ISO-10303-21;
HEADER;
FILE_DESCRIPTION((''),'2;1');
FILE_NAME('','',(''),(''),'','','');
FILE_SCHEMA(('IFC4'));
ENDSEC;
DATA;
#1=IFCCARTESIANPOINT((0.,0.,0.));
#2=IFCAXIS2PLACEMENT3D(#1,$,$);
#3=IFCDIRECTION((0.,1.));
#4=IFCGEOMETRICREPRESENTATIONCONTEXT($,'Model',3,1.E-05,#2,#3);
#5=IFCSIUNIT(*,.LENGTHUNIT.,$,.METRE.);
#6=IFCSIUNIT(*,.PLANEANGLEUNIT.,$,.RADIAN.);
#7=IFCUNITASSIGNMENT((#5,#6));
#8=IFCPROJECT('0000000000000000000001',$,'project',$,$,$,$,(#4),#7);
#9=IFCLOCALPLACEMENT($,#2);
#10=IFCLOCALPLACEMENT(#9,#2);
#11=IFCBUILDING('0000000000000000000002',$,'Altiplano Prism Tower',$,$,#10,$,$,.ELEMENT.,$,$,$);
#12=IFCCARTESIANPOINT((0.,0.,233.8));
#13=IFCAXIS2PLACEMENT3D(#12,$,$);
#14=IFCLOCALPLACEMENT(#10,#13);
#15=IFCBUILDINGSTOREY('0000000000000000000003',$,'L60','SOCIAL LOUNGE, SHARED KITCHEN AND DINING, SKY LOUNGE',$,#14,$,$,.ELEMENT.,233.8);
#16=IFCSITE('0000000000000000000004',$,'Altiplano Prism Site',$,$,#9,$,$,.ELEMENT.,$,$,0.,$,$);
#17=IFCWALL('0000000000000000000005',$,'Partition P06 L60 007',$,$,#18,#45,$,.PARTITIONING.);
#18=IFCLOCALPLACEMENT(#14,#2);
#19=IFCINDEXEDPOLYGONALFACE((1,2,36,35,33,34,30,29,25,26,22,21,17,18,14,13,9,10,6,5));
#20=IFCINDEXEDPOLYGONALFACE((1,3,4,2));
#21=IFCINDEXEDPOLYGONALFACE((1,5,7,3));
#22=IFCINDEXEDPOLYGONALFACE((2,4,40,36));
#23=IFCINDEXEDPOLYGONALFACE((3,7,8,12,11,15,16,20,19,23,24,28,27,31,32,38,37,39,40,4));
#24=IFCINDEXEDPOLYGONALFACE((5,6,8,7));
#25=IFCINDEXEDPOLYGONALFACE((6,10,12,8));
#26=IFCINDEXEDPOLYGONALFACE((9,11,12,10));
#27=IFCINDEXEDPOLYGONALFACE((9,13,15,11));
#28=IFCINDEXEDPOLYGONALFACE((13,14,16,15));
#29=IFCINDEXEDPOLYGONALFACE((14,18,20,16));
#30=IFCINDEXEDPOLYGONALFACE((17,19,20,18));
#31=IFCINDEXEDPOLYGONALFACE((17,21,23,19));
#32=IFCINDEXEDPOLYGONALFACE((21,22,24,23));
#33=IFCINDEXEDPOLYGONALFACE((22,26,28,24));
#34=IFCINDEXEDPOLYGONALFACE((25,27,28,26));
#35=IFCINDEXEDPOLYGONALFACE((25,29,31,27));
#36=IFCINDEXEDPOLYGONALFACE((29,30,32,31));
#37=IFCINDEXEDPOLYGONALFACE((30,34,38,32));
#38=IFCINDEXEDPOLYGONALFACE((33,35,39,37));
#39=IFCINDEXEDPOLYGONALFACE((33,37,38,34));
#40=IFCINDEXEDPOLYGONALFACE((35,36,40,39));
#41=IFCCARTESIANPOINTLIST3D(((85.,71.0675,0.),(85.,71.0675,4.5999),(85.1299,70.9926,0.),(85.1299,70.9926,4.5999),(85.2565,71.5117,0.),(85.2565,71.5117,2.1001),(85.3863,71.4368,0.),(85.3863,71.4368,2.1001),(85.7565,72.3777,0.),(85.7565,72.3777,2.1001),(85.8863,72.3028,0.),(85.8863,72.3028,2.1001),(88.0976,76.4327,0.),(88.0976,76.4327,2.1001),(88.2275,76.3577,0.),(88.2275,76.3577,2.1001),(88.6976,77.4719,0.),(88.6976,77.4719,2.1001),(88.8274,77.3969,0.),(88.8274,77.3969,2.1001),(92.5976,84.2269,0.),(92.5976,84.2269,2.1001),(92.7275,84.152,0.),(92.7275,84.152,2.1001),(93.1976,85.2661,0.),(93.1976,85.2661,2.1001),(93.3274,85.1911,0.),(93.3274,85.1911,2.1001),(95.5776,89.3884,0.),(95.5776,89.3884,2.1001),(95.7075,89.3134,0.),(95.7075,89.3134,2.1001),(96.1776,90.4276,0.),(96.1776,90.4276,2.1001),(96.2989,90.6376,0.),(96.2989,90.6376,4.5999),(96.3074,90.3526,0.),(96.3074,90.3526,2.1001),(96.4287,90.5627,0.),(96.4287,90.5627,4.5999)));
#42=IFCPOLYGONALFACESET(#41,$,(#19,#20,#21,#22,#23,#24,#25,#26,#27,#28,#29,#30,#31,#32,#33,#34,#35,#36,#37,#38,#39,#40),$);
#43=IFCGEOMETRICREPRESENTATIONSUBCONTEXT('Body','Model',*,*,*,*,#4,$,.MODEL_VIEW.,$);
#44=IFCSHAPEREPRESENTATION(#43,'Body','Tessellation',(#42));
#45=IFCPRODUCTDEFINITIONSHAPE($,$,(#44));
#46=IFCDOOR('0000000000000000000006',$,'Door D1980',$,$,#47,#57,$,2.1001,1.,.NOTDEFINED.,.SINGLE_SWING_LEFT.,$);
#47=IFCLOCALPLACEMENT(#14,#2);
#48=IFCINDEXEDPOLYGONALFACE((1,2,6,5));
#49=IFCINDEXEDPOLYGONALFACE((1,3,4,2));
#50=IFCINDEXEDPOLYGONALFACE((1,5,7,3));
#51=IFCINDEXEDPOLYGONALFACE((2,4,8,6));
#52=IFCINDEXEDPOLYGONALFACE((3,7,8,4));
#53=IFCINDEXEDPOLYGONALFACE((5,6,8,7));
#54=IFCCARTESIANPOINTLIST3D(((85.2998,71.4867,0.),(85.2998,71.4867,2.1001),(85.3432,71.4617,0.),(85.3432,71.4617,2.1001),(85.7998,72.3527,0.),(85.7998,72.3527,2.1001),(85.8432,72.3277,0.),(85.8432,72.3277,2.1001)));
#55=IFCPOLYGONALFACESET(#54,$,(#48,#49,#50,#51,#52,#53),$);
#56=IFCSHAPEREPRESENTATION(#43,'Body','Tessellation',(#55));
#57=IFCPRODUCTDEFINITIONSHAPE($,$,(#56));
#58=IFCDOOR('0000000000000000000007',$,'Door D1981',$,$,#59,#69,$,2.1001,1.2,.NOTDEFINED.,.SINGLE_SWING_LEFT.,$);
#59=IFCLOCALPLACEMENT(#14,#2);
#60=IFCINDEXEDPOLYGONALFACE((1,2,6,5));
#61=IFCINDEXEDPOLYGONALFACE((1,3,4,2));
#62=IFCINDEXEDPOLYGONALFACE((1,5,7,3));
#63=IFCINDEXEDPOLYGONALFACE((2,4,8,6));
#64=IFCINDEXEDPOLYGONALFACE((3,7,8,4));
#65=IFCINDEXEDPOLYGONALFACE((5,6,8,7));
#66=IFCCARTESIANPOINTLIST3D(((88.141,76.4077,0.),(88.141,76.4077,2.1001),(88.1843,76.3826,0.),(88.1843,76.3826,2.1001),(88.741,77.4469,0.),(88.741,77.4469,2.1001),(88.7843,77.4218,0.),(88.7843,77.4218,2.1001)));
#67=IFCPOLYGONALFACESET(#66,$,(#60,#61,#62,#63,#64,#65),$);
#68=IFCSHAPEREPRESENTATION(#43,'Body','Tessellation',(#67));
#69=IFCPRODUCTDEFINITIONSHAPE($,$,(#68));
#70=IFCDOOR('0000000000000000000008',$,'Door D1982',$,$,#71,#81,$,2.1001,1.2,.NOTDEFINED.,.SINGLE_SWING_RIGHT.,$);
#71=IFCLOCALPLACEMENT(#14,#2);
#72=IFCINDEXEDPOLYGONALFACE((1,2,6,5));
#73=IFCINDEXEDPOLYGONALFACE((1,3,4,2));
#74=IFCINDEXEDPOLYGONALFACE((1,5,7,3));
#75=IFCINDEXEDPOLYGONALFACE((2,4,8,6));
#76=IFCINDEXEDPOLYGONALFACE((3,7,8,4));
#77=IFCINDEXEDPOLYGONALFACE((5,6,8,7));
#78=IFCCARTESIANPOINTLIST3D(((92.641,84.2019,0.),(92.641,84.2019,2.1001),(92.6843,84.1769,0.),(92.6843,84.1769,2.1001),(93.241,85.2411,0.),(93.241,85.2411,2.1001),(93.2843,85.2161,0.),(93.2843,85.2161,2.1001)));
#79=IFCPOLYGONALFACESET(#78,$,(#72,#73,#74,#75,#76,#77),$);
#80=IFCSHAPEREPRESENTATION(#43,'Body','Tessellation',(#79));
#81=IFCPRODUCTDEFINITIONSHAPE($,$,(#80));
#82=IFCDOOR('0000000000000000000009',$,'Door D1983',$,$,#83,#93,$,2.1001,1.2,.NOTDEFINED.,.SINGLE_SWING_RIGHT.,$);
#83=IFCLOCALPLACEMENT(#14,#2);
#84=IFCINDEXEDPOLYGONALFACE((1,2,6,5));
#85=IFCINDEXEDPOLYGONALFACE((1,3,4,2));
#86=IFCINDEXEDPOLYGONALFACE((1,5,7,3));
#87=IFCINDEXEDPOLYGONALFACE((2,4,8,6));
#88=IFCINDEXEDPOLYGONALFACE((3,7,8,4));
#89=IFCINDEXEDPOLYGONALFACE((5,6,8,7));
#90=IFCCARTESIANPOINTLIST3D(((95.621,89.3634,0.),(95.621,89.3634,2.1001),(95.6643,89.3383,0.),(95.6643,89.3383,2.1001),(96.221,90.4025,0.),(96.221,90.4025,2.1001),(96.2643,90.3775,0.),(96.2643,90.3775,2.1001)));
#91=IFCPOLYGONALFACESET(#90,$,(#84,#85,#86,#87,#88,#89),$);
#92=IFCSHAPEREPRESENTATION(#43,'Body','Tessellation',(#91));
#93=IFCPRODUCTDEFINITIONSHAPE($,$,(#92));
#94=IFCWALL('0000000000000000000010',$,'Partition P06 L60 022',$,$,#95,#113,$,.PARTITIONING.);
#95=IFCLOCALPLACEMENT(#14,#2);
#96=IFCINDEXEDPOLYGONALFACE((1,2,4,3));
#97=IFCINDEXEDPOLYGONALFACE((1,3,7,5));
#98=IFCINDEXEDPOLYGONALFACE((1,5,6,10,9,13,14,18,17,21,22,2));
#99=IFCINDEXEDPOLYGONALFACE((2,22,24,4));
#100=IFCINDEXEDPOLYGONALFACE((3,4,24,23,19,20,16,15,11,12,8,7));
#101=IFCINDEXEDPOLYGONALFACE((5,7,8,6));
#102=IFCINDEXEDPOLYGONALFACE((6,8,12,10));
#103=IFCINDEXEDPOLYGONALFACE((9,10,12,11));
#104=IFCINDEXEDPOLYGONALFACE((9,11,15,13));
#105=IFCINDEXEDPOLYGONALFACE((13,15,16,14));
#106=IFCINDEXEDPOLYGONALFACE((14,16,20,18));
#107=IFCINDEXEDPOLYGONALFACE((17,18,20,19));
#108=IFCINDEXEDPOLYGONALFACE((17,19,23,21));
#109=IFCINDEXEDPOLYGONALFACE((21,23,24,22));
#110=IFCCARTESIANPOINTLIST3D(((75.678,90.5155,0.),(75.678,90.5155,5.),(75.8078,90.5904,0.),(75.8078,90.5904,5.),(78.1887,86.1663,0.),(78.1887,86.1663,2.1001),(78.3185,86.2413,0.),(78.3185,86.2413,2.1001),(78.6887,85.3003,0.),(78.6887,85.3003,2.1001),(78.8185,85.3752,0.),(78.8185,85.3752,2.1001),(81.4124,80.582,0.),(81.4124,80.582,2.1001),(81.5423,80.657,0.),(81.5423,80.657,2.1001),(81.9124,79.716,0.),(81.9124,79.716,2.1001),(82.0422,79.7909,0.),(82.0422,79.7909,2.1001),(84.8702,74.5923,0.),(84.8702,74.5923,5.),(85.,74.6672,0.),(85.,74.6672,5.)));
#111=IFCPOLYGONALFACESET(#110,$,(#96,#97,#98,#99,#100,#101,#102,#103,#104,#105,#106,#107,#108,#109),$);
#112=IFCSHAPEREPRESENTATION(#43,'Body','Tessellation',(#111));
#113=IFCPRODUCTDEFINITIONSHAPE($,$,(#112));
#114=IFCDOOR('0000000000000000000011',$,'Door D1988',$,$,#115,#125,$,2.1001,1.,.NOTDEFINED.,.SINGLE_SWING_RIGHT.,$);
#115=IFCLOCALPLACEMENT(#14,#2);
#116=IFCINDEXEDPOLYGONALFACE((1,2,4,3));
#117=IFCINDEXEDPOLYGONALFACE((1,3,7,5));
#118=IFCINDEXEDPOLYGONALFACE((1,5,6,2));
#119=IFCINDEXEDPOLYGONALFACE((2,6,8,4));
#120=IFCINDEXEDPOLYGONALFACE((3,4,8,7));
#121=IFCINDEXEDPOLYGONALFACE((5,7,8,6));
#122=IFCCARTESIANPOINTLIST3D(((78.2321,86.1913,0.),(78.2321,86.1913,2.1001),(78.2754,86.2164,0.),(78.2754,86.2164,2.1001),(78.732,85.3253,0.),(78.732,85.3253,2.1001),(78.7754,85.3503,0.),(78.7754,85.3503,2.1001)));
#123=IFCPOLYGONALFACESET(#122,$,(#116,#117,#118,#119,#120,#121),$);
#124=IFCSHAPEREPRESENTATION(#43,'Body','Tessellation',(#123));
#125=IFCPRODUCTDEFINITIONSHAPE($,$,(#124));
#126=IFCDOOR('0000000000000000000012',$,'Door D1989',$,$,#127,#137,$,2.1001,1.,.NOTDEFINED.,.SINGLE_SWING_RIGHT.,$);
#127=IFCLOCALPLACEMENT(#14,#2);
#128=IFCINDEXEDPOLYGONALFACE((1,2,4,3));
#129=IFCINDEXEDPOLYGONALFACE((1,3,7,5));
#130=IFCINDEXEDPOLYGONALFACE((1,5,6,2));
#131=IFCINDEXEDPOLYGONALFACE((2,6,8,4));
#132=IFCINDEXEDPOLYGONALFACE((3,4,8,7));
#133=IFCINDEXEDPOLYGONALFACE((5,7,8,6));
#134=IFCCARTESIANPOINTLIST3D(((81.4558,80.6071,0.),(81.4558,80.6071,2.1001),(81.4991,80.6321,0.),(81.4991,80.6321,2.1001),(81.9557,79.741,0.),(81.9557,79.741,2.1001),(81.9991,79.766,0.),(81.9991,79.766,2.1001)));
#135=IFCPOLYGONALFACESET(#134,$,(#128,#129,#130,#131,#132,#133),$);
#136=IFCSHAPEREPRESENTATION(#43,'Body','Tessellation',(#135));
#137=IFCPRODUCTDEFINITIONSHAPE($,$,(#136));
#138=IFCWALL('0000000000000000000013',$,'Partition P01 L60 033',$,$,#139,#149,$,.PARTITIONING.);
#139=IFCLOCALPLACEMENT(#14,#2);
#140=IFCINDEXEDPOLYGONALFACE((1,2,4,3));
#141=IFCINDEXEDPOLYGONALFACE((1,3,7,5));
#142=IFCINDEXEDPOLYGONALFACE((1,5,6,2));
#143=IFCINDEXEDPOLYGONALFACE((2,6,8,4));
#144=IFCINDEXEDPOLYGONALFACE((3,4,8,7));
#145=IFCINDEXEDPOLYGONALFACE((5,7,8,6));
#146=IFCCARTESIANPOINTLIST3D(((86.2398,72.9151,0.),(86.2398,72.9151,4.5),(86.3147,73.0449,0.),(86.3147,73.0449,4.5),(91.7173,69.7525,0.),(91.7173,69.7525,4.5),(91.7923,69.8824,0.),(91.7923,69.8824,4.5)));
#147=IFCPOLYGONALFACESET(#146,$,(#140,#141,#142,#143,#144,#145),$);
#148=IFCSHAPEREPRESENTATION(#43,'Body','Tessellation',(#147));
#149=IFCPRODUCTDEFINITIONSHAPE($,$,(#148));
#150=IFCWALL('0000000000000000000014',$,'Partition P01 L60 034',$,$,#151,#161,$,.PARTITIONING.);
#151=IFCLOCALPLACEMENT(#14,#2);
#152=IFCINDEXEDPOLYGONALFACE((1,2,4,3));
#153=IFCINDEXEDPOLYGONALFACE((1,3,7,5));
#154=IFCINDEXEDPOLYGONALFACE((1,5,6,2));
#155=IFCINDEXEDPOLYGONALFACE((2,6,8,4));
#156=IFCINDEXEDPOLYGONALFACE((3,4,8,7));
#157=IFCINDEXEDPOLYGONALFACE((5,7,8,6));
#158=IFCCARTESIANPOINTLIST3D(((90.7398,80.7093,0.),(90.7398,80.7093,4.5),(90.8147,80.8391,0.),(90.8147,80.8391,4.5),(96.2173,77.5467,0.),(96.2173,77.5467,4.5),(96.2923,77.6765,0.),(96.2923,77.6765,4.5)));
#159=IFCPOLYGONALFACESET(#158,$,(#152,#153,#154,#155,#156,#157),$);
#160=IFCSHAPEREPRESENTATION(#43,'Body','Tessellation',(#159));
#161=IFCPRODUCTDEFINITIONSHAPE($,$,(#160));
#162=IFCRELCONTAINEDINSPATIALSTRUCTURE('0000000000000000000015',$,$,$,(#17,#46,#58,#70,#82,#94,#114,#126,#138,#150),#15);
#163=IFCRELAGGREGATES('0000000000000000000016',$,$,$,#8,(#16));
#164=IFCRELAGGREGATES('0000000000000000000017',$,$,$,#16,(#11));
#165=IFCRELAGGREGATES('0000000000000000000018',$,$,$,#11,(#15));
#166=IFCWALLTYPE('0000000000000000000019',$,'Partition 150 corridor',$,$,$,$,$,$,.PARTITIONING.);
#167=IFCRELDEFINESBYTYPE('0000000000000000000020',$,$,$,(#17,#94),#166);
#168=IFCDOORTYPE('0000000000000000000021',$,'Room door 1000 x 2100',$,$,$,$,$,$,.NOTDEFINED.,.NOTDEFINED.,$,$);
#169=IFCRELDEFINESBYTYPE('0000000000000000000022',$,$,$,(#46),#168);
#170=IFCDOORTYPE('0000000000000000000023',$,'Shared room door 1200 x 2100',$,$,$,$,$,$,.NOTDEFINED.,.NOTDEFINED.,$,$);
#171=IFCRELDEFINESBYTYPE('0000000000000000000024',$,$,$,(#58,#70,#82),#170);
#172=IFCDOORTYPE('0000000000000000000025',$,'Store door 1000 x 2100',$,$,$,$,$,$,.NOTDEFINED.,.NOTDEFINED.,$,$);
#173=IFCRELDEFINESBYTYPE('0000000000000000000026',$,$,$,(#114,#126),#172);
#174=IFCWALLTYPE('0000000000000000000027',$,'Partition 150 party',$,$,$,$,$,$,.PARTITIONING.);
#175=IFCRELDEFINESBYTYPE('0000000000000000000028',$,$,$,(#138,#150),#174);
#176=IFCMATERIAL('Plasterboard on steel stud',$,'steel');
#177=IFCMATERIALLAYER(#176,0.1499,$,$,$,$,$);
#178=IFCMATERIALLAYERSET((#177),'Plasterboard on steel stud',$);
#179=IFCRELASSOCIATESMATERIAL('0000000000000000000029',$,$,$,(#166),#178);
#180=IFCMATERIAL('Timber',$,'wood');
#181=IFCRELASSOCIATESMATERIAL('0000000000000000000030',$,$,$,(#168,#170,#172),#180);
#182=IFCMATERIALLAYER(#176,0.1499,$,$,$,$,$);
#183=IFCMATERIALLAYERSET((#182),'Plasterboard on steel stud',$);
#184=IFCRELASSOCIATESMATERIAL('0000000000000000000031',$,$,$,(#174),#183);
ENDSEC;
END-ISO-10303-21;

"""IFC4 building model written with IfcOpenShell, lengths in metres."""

from ifc_helpers import new_model, si_unit, direction, frame, frame_2d, origin, place, context, subcontext, project, spatial, rectangle, extrude, material, layer, layer_set, type_object, element, fill, save


model = new_model("IFC4")

# Units and contexts
model_context = context("Model", 3, precision=1e-05, world=origin(), true_north=direction((0.0, 1.0)))
body_context = subcontext(model_context, "Body", "Model", "MODEL_VIEW")
ifc_project = project(units=[si_unit("LENGTHUNIT", "METRE"), si_unit("PLANEANGLEUNIT", "RADIAN")], contexts=[model_context])

# Site, building, storey
site_placement = place(None, origin())
site = spatial("IfcSite", under=ifc_project, at=site_placement, Name="Altiplano Prism Site", CompositionType="ELEMENT", RefElevation=0.0)
building_placement = place(site_placement, origin())
building = spatial("IfcBuilding", under=site, at=building_placement, Name="Altiplano Prism Tower", CompositionType="ELEMENT")
storey_placement = place(building_placement, frame((0.0, 0.0, 233.8)))
storey = spatial("IfcBuildingStorey", under=building, at=storey_placement, Name="L60", Description="SOCIAL LOUNGE, SHARED KITCHEN AND DINING, SKY LOUNGE", CompositionType="ELEMENT", Elevation=233.8)

# Shared definitions
ifc_material_1 = material(Name="Plasterboard on steel stud", Category="steel")

# Walls, openings, doors
ifc_layer_1 = layer(ifc_material_1, 0.1499)
ifc_layer_set_1 = layer_set([ifc_layer_1], Name="Plasterboard on steel stud")
wall_type_1 = type_object("IfcWallType", Name="Partition 150 corridor", PredefinedType="PARTITIONING", material=ifc_layer_set_1)
wall_1_placement = place(storey_placement, frame((85.0649, 71.03, 0.0), z_axis=(0.0, 0.0, 1.0), x_axis=(0.500001, 0.866025, 0.0)))
wall_1 = element("IfcWall", 1, at=wall_1_placement, inside=storey, type_object=wall_type_1, Name="Partition P06 L60 007", PredefinedType="PARTITIONING", context=body_context, shape_type="SweptSolid", body=[
    extrude(rectangle(XDim=22.5977, YDim=0.1499, at=frame_2d((11.2988, 0.0))), origin(), (0.0, 0.0, 1.0), 4.5999),
])
opening_1_placement = place(wall_1_placement, frame((0.5129, 0.0, 0.0)))
opening_1 = element("IfcOpeningElement", 2, at=opening_1_placement, cuts=wall_1, PredefinedType="OPENING", context=body_context, shape_type="SweptSolid", body=[
    extrude(rectangle(XDim=1.0, YDim=2.1001, at=frame_2d((0.5, 1.05))), frame((0.0, 0.0854, 0.0), z_axis=(0.0, -1.0, 0.0), x_axis=(1.0, 0.0, 0.0)), (0.0, 0.0, 1.0), 0.1709),
])
opening_2_placement = place(wall_1_placement, frame((6.1951, 0.0, 0.0)))
opening_2 = element("IfcOpeningElement", 3, at=opening_2_placement, cuts=wall_1, PredefinedType="OPENING", context=body_context, shape_type="SweptSolid", body=[
    extrude(rectangle(XDim=1.2, YDim=2.1001, at=frame_2d((0.6001, 1.05))), frame((0.0, 0.0854, 0.0), z_axis=(0.0, -1.0, 0.0), x_axis=(1.0, 0.0, 0.0)), (0.0, 0.0, 1.0), 0.1709),
])
opening_3_placement = place(wall_1_placement, frame((15.1951, 0.0, 0.0)))
opening_3 = element("IfcOpeningElement", 4, at=opening_3_placement, cuts=wall_1, PredefinedType="OPENING", context=body_context, shape_type="SweptSolid", body=[
    extrude(rectangle(XDim=1.2, YDim=2.1001, at=frame_2d((0.6001, 1.05))), frame((0.0, 0.0854, 0.0), z_axis=(0.0, -1.0, 0.0), x_axis=(1.0, 0.0, 0.0)), (0.0, 0.0, 1.0), 0.1709),
])
opening_4_placement = place(wall_1_placement, frame((21.155, 0.0, 0.0)))
opening_4 = element("IfcOpeningElement", 5, at=opening_4_placement, cuts=wall_1, PredefinedType="OPENING", context=body_context, shape_type="SweptSolid", body=[
    extrude(rectangle(XDim=1.2, YDim=2.1001, at=frame_2d((0.6001, 1.05))), frame((0.0, 0.0854, 0.0), z_axis=(0.0, -1.0, 0.0), x_axis=(1.0, 0.0, 0.0)), (0.0, 0.0, 1.0), 0.1709),
])
ifc_material_2 = material(Name="Timber", Category="wood")
door_type_1 = type_object("IfcDoorType", Name="Room door 1000 x 2100", OperationType="NOTDEFINED", PredefinedType="NOTDEFINED", material=ifc_material_2)
door_1_placement = place(opening_1_placement, origin())
door_1 = element("IfcDoor", 6, at=door_1_placement, inside=storey, type_object=door_type_1, Name="Door D1980", OperationType="SINGLE_SWING_LEFT", OverallHeight=2.1001, OverallWidth=1.0, PredefinedType="NOTDEFINED", context=body_context, shape_type="SweptSolid", body=[
    extrude(rectangle(XDim=1.0, YDim=2.1001, at=frame_2d((0.5, 1.05))), frame((0.0, 0.0249, 0.0), z_axis=(0.0, -1.0, 0.0), x_axis=(1.0, 0.0, 0.0)), (0.0, 0.0, 1.0), 0.05),
])
fill(opening_1, door_1)
door_type_2 = type_object("IfcDoorType", Name="Shared room door 1200 x 2100", OperationType="NOTDEFINED", PredefinedType="NOTDEFINED", material=ifc_material_2)
door_2_placement = place(opening_2_placement, origin())
door_2 = element("IfcDoor", 7, at=door_2_placement, inside=storey, type_object=door_type_2, Name="Door D1981", OperationType="SINGLE_SWING_LEFT", OverallHeight=2.1001, OverallWidth=1.2, PredefinedType="NOTDEFINED", context=body_context, shape_type="SweptSolid", body=[
    extrude(rectangle(XDim=1.2, YDim=2.1001, at=frame_2d((0.6001, 1.05))), frame((0.0, 0.0249, 0.0), z_axis=(0.0, -1.0, 0.0), x_axis=(1.0, 0.0, 0.0)), (0.0, 0.0, 1.0), 0.05),
])
fill(opening_2, door_2)
door_3_placement = place(opening_3_placement, origin())
door_3 = element("IfcDoor", 8, at=door_3_placement, inside=storey, type_object=door_type_2, Name="Door D1982", OperationType="SINGLE_SWING_RIGHT", OverallHeight=2.1001, OverallWidth=1.2, PredefinedType="NOTDEFINED", context=body_context, shape_type="SweptSolid", body=[
    extrude(rectangle(XDim=1.2, YDim=2.1001, at=frame_2d((0.6001, 1.05))), frame((0.0, 0.0249, 0.0), z_axis=(0.0, -1.0, 0.0), x_axis=(1.0, 0.0, 0.0)), (0.0, 0.0, 1.0), 0.05),
])
fill(opening_3, door_3)
door_4_placement = place(opening_4_placement, origin())
door_4 = element("IfcDoor", 9, at=door_4_placement, inside=storey, type_object=door_type_2, Name="Door D1983", OperationType="SINGLE_SWING_RIGHT", OverallHeight=2.1001, OverallWidth=1.2, PredefinedType="NOTDEFINED", context=body_context, shape_type="SweptSolid", body=[
    extrude(rectangle(XDim=1.2, YDim=2.1001, at=frame_2d((0.6001, 1.05))), frame((0.0, 0.0249, 0.0), z_axis=(0.0, -1.0, 0.0), x_axis=(1.0, 0.0, 0.0)), (0.0, 0.0, 1.0), 0.05),
])
fill(opening_4, door_4)
wall_2_placement = place(storey_placement, frame((84.9351, 74.6299, 0.0), z_axis=(0.0, 0.0, 1.0), x_axis=(-0.499957, 0.86605, 0.0)))
wall_2 = element("IfcWall", 10, at=wall_2_placement, inside=storey, type_object=wall_type_1, Name="Partition P06 L60 022", PredefinedType="PARTITIONING", context=body_context, shape_type="SweptSolid", body=[
    extrude(rectangle(XDim=18.386, YDim=0.1499, at=frame_2d((9.1929, 0.0))), origin(), (0.0, 0.0, 1.0), 5.0),
])
opening_5_placement = place(wall_2_placement, frame((12.364, 0.0, 0.0)))
opening_5 = element("IfcOpeningElement", 11, at=opening_5_placement, cuts=wall_2, PredefinedType="OPENING", context=body_context, shape_type="SweptSolid", body=[
    extrude(rectangle(XDim=1.0, YDim=2.1001, at=frame_2d((0.5, 1.05))), frame((0.0, 0.0854, 0.0), z_axis=(0.0, -1.0, 0.0), x_axis=(1.0, 0.0, 0.0)), (0.0, 0.0, 1.0), 0.1709),
])
opening_6_placement = place(wall_2_placement, frame((5.916, 0.0, 0.0)))
opening_6 = element("IfcOpeningElement", 12, at=opening_6_placement, cuts=wall_2, PredefinedType="OPENING", context=body_context, shape_type="SweptSolid", body=[
    extrude(rectangle(XDim=1.0, YDim=2.1001, at=frame_2d((0.5, 1.05))), frame((0.0, 0.0854, 0.0), z_axis=(0.0, -1.0, 0.0), x_axis=(1.0, 0.0, 0.0)), (0.0, 0.0, 1.0), 0.1709),
])
door_type_3 = type_object("IfcDoorType", Name="Store door 1000 x 2100", OperationType="NOTDEFINED", PredefinedType="NOTDEFINED", material=ifc_material_2)
door_5_placement = place(opening_5_placement, origin())
door_5 = element("IfcDoor", 13, at=door_5_placement, inside=storey, type_object=door_type_3, Name="Door D1988", OperationType="SINGLE_SWING_RIGHT", OverallHeight=2.1001, OverallWidth=1.0, PredefinedType="NOTDEFINED", context=body_context, shape_type="SweptSolid", body=[
    extrude(rectangle(XDim=1.0, YDim=2.1001, at=frame_2d((0.5, 1.05))), frame((0.0, 0.0249, 0.0), z_axis=(0.0, -1.0, 0.0), x_axis=(1.0, 0.0, 0.0)), (0.0, 0.0, 1.0), 0.05),
])
fill(opening_5, door_5)
door_6_placement = place(opening_6_placement, origin())
door_6 = element("IfcDoor", 14, at=door_6_placement, inside=storey, type_object=door_type_3, Name="Door D1989", OperationType="SINGLE_SWING_RIGHT", OverallHeight=2.1001, OverallWidth=1.0, PredefinedType="NOTDEFINED", context=body_context, shape_type="SweptSolid", body=[
    extrude(rectangle(XDim=1.0, YDim=2.1001, at=frame_2d((0.5, 1.05))), frame((0.0, 0.0249, 0.0), z_axis=(0.0, -1.0, 0.0), x_axis=(1.0, 0.0, 0.0)), (0.0, 0.0, 1.0), 0.05),
])
fill(opening_6, door_6)

# Walls
ifc_layer_2 = layer(ifc_material_1, 0.1499)
ifc_layer_set_2 = layer_set([ifc_layer_2], Name="Plasterboard on steel stud")
wall_type_2 = type_object("IfcWallType", Name="Partition 150 party", PredefinedType="PARTITIONING", material=ifc_layer_set_2)
for number, where, z_axis, x_axis, name in (
    (15, (91.7549, 69.8174, 0.0), (0.0, 0.0, 1.0), (-0.866016, 0.500016, 0.0), "Partition P01 L60 033"),
    (16, (96.2549, 77.6116, 0.0), (0.0, 0.0, 1.0), (-0.866016, 0.500016, 0.0), "Partition P01 L60 034"),
):
    element("IfcWall", number, at=place(storey_placement, frame(where, z_axis=z_axis, x_axis=x_axis)), inside=storey, type_object=wall_type_2, Name=name, PredefinedType="PARTITIONING", context=body_context, shape_type="SweptSolid", body=[
        extrude(rectangle(XDim=6.325, YDim=0.1499, at=frame_2d((3.1626, 0.0))), origin(), (0.0, 0.0, 1.0), 4.5),
    ])

save(model, "model.ifc")
